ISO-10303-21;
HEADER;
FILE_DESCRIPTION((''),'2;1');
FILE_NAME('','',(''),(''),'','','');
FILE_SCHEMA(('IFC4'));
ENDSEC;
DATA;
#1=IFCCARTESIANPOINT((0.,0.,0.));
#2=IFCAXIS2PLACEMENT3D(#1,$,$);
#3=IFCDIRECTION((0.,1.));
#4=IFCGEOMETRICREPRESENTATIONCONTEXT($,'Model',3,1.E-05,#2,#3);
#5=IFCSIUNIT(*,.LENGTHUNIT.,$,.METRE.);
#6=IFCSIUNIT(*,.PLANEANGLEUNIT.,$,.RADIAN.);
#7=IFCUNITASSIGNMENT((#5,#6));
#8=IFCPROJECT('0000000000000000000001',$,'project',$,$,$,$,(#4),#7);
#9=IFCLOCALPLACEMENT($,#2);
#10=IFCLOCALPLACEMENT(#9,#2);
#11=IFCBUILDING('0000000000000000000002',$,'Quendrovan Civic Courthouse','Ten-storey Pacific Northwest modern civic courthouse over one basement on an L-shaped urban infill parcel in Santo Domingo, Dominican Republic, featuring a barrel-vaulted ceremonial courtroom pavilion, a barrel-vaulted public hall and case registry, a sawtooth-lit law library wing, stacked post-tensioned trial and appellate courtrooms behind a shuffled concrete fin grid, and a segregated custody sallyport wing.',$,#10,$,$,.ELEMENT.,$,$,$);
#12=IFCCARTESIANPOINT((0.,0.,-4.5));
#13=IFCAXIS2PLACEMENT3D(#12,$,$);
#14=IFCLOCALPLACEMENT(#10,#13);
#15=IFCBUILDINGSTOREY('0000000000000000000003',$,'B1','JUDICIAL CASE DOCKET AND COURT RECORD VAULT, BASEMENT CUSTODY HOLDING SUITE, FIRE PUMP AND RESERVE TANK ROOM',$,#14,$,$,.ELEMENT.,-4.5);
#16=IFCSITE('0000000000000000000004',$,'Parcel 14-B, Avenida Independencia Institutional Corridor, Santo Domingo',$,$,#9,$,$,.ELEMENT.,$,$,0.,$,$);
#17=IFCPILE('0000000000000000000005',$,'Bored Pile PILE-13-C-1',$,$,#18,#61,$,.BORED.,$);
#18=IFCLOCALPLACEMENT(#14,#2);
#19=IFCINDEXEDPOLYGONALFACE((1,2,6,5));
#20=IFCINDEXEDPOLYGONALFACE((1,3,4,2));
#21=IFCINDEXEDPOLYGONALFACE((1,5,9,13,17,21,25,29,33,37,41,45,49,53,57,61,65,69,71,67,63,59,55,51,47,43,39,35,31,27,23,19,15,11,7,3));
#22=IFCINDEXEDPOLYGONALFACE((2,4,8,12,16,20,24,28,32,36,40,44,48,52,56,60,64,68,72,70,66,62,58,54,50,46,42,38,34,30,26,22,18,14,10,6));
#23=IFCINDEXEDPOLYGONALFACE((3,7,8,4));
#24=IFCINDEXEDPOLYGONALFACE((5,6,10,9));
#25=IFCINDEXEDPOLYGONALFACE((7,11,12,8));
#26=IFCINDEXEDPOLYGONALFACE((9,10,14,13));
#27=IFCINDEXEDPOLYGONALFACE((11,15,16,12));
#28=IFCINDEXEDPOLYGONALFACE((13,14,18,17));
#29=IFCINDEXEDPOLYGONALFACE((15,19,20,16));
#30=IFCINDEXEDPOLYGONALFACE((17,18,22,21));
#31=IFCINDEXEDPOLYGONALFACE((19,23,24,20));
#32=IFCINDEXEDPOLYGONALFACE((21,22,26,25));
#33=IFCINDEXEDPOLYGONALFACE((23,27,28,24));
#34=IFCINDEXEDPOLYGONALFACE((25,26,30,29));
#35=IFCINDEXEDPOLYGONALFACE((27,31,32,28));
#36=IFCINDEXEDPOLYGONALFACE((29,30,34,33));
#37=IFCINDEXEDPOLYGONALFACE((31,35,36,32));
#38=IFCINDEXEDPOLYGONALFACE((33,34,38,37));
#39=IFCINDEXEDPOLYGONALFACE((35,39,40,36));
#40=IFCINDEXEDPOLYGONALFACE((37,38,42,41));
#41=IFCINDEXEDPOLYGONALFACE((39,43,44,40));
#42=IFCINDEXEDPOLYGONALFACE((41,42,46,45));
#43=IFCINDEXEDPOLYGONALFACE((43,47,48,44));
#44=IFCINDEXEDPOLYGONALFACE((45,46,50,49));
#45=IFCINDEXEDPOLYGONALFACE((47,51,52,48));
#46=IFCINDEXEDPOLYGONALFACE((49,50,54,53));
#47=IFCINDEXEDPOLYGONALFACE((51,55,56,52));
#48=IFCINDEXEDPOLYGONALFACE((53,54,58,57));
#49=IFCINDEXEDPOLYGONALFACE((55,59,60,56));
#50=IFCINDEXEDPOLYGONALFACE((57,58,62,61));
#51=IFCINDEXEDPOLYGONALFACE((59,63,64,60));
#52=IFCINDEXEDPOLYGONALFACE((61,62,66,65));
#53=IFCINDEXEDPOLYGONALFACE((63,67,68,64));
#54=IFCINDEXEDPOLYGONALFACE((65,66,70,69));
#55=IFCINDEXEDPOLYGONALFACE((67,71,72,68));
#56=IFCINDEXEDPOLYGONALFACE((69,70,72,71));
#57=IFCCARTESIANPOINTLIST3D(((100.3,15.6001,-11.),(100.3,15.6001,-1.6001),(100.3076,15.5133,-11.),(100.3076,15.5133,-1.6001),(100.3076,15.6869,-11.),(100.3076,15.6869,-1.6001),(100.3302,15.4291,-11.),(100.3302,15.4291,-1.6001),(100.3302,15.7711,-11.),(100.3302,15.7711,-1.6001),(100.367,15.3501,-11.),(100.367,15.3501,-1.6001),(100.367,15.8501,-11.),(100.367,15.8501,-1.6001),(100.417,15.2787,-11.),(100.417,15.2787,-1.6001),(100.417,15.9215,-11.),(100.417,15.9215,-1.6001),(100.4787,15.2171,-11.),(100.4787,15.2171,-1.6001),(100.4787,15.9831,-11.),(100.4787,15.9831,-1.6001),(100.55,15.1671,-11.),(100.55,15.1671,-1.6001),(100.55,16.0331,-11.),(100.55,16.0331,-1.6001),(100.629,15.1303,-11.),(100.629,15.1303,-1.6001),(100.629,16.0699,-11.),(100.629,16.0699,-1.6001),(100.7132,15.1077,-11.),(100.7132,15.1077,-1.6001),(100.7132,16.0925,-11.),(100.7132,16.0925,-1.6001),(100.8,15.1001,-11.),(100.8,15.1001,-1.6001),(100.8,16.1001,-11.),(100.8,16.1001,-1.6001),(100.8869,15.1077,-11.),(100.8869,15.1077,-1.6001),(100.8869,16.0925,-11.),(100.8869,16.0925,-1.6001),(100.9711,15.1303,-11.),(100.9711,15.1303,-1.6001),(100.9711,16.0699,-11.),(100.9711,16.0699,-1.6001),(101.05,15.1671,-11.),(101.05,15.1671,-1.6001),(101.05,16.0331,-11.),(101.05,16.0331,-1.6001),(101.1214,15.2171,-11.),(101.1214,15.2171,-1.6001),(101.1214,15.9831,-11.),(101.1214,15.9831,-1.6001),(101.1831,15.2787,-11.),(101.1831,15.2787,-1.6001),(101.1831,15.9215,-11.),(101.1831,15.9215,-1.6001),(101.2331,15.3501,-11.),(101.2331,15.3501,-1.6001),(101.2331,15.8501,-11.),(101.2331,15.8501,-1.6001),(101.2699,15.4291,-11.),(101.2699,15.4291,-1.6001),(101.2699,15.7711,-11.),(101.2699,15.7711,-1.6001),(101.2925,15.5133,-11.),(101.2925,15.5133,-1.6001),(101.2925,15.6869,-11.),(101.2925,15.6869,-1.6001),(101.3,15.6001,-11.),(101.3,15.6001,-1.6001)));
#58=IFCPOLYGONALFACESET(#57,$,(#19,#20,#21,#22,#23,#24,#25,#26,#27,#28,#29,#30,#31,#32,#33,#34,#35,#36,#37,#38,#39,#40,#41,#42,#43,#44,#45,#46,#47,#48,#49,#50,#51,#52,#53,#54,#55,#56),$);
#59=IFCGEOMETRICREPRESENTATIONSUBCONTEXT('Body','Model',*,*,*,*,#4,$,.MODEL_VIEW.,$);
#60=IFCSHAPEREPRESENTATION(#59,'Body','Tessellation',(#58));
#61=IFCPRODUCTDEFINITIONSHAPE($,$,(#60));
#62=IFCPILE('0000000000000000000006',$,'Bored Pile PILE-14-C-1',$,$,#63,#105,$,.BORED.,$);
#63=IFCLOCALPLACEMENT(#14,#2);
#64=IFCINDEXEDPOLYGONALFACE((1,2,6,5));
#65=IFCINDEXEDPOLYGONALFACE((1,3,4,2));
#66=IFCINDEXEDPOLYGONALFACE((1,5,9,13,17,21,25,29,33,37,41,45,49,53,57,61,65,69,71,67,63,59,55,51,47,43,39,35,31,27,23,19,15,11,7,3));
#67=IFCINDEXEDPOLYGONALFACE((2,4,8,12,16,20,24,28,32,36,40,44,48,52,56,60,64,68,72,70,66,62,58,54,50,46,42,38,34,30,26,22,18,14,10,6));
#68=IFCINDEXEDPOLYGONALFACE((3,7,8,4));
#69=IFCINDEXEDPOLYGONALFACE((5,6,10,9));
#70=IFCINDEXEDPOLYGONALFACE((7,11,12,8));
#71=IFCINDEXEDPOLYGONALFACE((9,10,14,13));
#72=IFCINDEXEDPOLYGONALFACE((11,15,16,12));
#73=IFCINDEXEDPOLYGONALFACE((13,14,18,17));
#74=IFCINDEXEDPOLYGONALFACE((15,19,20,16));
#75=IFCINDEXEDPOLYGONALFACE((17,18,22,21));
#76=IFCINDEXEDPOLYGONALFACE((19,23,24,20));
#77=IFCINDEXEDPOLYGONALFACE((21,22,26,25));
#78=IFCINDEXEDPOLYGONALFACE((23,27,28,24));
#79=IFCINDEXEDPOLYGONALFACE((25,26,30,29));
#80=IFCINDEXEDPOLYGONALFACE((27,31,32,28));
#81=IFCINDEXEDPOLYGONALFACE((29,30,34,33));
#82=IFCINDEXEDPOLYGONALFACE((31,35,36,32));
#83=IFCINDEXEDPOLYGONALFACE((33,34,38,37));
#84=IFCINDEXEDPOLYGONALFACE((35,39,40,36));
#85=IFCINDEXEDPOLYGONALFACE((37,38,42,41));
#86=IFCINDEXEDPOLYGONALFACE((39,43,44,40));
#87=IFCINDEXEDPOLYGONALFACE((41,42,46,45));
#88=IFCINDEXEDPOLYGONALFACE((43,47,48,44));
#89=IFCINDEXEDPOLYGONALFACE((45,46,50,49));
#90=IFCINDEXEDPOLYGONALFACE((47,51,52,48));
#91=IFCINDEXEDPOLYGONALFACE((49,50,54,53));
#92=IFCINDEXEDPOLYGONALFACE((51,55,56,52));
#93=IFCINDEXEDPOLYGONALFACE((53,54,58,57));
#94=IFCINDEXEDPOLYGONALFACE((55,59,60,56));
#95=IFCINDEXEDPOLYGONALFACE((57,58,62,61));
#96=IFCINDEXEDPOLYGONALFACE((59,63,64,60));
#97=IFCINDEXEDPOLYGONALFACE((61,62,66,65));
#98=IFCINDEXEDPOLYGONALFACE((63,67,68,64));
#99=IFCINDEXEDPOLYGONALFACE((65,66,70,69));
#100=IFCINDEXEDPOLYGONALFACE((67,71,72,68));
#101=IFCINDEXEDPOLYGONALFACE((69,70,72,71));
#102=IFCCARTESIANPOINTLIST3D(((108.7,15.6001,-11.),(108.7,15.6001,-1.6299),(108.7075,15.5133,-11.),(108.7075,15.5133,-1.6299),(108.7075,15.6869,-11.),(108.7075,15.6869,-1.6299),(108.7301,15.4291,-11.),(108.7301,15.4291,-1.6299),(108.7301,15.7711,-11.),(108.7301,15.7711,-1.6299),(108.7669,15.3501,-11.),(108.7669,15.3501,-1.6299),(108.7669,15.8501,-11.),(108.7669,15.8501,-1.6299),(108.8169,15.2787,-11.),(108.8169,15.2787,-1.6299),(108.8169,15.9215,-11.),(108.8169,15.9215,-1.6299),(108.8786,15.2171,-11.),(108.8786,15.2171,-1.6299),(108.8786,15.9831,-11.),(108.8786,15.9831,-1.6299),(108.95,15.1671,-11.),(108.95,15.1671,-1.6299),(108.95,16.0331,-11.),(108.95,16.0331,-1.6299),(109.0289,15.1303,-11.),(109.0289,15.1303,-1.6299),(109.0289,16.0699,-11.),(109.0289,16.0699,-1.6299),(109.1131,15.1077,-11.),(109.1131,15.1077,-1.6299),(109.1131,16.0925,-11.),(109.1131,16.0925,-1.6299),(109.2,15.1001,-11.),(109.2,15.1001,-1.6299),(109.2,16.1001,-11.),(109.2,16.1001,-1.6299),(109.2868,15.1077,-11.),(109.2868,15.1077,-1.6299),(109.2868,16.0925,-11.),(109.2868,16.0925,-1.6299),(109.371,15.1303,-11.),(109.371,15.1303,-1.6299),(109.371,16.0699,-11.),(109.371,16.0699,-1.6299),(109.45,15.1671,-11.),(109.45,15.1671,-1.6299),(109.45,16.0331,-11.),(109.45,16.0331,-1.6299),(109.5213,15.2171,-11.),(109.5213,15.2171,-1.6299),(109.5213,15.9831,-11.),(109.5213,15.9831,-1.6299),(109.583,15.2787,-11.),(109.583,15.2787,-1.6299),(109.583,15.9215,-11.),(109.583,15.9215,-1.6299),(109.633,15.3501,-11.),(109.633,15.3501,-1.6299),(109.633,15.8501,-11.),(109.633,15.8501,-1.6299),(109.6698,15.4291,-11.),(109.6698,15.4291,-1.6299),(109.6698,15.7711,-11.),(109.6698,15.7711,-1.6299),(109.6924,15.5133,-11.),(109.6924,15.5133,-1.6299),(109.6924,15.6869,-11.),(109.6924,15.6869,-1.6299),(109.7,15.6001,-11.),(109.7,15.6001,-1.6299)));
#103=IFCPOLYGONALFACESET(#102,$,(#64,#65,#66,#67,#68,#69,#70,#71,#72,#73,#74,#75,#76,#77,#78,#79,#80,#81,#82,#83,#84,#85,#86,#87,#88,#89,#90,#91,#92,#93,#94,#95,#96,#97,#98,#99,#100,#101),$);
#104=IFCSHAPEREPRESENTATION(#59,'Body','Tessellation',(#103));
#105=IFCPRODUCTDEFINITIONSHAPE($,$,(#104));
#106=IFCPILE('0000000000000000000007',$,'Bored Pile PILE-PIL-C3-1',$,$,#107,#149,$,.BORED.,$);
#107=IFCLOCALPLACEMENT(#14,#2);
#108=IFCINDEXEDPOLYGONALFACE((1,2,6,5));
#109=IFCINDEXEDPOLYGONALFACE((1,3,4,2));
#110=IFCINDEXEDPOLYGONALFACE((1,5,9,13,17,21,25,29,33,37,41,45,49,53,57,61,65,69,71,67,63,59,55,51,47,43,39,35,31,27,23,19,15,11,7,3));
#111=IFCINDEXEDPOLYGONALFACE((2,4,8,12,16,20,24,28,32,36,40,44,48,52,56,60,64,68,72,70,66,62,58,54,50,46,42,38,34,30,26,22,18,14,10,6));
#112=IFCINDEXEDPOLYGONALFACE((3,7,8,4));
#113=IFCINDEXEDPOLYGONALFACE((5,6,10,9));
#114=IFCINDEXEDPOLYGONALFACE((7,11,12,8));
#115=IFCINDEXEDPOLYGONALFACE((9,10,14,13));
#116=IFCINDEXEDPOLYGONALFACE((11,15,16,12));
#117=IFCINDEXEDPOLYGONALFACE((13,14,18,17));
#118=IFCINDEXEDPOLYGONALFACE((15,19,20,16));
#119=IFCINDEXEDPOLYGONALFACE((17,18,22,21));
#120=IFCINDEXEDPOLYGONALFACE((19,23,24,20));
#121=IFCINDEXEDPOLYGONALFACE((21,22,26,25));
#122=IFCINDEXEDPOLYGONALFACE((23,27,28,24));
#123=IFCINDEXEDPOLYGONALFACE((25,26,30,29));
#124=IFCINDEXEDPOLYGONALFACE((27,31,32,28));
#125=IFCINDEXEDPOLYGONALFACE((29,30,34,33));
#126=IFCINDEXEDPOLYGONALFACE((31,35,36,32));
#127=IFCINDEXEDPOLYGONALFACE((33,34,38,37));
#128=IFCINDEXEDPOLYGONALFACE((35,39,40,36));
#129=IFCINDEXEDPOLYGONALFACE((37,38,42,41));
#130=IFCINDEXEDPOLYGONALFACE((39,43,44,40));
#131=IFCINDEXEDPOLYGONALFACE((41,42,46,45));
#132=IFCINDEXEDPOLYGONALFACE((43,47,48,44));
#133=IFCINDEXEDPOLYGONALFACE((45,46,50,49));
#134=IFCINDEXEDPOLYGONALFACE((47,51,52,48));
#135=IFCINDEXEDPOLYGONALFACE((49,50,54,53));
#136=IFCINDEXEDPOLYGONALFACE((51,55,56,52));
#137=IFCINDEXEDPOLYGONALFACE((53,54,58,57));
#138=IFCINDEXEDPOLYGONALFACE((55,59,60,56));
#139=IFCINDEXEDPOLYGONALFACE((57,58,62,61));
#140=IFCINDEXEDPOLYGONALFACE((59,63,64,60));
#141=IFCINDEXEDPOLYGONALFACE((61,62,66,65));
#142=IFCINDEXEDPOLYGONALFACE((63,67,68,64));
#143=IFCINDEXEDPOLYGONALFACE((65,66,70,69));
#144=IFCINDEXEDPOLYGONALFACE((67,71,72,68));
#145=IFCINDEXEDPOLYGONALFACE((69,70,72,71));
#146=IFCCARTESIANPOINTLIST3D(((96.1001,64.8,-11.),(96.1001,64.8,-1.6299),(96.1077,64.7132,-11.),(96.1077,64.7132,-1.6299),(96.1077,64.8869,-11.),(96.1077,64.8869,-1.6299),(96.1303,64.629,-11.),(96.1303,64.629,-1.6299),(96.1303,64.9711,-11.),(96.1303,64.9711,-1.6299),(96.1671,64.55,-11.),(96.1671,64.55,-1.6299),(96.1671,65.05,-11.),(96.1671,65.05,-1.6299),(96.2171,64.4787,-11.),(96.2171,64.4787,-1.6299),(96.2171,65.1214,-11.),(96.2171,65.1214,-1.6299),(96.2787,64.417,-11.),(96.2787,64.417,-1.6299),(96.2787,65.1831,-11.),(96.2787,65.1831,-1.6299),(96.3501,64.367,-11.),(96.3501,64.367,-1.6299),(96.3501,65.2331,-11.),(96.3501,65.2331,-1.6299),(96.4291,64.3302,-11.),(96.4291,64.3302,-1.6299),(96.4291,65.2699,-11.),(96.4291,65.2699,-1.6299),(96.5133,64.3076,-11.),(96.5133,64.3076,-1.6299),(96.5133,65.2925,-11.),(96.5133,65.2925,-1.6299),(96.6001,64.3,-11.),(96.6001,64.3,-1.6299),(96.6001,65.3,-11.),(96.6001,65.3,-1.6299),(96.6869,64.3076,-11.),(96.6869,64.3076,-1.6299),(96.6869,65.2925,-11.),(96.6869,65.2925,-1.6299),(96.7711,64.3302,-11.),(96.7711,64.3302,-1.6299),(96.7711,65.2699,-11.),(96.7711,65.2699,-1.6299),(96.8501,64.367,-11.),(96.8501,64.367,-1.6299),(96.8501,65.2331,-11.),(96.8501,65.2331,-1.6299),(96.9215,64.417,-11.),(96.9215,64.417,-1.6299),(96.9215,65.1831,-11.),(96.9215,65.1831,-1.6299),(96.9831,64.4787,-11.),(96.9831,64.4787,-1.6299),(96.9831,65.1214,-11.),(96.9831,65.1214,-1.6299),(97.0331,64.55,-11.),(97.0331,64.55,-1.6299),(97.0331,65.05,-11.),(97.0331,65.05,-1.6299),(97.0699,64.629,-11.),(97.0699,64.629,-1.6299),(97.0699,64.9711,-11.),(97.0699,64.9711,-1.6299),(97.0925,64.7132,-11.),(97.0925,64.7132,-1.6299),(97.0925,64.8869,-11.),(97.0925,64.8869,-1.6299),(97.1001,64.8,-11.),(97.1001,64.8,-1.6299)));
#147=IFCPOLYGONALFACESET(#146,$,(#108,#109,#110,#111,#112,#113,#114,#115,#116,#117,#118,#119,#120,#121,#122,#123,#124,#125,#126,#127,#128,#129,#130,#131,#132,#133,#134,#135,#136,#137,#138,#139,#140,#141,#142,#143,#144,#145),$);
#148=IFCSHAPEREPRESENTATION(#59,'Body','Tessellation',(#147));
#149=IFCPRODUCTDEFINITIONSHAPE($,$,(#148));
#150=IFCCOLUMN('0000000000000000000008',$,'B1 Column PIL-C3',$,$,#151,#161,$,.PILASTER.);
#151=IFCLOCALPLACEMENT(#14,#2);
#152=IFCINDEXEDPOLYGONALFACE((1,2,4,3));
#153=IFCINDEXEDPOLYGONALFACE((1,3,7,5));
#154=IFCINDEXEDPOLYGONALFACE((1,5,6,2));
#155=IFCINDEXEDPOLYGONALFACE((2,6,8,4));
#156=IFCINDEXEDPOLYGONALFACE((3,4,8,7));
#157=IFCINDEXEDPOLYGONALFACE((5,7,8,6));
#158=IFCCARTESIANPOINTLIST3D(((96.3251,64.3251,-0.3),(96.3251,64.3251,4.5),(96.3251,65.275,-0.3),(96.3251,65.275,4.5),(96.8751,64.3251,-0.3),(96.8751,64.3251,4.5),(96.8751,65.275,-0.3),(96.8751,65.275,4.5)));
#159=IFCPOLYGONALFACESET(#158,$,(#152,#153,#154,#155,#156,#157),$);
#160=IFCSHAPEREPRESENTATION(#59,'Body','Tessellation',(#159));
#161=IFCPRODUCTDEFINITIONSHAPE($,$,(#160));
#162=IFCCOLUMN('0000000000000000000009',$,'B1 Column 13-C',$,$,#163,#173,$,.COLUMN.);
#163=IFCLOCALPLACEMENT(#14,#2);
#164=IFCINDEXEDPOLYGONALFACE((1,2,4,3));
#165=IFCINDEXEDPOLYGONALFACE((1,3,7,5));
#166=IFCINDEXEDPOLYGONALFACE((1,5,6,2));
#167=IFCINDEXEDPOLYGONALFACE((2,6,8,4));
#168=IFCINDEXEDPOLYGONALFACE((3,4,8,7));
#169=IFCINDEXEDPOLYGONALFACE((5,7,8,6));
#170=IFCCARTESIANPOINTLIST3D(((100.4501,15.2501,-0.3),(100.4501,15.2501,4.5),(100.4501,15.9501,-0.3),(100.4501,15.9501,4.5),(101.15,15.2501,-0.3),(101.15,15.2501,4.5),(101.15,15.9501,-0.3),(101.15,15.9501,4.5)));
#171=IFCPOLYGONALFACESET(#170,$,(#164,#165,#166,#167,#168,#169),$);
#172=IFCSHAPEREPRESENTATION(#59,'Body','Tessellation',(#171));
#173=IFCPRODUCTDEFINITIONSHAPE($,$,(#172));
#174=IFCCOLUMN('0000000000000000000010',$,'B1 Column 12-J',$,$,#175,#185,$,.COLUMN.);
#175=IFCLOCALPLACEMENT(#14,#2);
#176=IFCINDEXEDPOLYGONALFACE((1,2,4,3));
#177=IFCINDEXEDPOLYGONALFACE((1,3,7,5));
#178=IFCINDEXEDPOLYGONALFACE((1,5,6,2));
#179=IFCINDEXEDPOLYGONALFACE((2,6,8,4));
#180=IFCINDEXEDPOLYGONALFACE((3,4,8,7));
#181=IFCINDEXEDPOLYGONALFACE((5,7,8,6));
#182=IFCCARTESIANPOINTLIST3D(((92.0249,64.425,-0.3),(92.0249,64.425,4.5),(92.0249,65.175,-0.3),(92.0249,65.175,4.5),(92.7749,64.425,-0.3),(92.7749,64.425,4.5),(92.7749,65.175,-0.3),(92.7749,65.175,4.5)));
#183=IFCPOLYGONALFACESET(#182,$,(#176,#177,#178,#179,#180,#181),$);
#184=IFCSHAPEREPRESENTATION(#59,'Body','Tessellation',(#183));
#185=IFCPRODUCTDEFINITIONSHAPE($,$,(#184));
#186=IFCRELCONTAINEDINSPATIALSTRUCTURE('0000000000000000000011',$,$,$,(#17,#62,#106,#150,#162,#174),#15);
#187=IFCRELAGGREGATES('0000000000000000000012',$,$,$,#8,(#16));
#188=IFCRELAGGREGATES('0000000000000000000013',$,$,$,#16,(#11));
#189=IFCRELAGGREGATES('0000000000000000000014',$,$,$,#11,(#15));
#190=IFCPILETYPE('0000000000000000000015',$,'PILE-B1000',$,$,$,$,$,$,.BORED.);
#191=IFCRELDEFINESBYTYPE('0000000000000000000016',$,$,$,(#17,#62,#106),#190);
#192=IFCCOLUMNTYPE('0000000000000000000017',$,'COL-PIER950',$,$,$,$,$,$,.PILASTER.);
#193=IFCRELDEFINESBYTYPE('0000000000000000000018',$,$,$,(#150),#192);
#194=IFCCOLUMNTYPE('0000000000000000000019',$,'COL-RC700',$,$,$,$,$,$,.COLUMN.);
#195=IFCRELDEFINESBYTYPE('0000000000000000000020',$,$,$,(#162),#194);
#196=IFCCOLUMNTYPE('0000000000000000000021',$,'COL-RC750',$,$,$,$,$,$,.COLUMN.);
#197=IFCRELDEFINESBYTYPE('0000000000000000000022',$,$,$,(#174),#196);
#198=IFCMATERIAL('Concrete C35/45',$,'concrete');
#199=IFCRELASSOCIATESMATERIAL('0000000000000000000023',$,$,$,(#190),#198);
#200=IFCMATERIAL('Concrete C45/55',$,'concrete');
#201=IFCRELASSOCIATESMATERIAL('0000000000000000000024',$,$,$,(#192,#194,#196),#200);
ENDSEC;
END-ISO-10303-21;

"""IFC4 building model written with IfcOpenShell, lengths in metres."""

from ifc_helpers import new_model, si_unit, direction, frame, origin, origin_2d, place, context, subcontext, project, spatial, rectangle, circle, extrude, material, material_profile, profile_set, type_object, element, save


model = new_model("IFC4")

# Units and contexts
model_context = context("Model", 3, precision=1e-05, world=origin(), true_north=direction((0.0, 1.0)))
body_context = subcontext(model_context, "Body", "Model", "MODEL_VIEW")
ifc_project = project(units=[si_unit("LENGTHUNIT", "METRE"), si_unit("PLANEANGLEUNIT", "RADIAN")], contexts=[model_context])

# Site, building, storey
site_placement = place(None, origin())
site = spatial("IfcSite", under=ifc_project, at=site_placement, Name="Parcel 14-B, Avenida Independencia Institutional Corridor, Santo Domingo", CompositionType="ELEMENT", RefElevation=0.0)
building_placement = place(site_placement, origin())
building = spatial("IfcBuilding", under=site, at=building_placement, Name="Quendrovan Civic Courthouse", Description="Ten-storey Pacific Northwest modern civic courthouse over one basement on an L-shaped urban infill parcel in Santo Domingo, Dominican Republic, featuring a barrel-vaulted ceremonial courtroom pavilion, a barrel-vaulted public hall and case registry, a sawtooth-lit law library wing, stacked post-tensioned trial and appellate courtrooms behind a shuffled concrete fin grid, and a segregated custody sallyport wing.", CompositionType="ELEMENT")
storey_placement = place(building_placement, frame((0.0, 0.0, -4.5)))
storey = spatial("IfcBuildingStorey", under=building, at=storey_placement, Name="B1", Description="JUDICIAL CASE DOCKET AND COURT RECORD VAULT, BASEMENT CUSTODY HOLDING SUITE, FIRE PUMP AND RESERVE TANK ROOM", CompositionType="ELEMENT", Elevation=-4.5)

# Shared definitions
ifc_material_1 = material(Name="Concrete C35/45", Category="concrete")

# Piles
ifc_material_profile_1 = material_profile(ifc_material_1, circle(Radius=0.5, at=origin_2d()), Name="PILE-D1000")
ifc_profile_set_1 = profile_set([ifc_material_profile_1], Name="Concrete C35/45")
pile_type = type_object("IfcPileType", Name="PILE-B1000", PredefinedType="BORED", material=ifc_profile_set_1)
pile_placement = place(storey_placement, frame((100.8, 15.6001, -1.6001), z_axis=(0.0, 0.0, -1.0), x_axis=(1.0, 0.0, 0.0)))
element("IfcPile", 1, at=pile_placement, inside=storey, type_object=pile_type, Name="Bored Pile PILE-13-C-1", PredefinedType="BORED", context=body_context, shape_type="SweptSolid", body=[
    extrude(circle(Radius=0.5, at=origin_2d()), origin(), (0.0, 0.0, 1.0), 9.3999),
])
for number, where, z_axis, x_axis, name in (
    (2, (109.2, 15.6001, -1.6299), (0.0, 0.0, -1.0), (1.0, 0.0, 0.0), "Bored Pile PILE-14-C-1"),
    (3, (96.6001, 64.8, -1.6299), (0.0, 0.0, -1.0), (1.0, 0.0, 0.0), "Bored Pile PILE-PIL-C3-1"),
):
    element("IfcPile", number, at=place(storey_placement, frame(where, z_axis=z_axis, x_axis=x_axis)), inside=storey, type_object=pile_type, Name=name, PredefinedType="BORED", context=body_context, shape_type="SweptSolid", body=[
        extrude(circle(Radius=0.5, at=origin_2d()), origin(), (0.0, 0.0, 1.0), 9.3701),
    ])

# Columns
ifc_material_2 = material(Name="Concrete C45/55", Category="concrete")
ifc_material_profile_2 = material_profile(ifc_material_2, rectangle(XDim=0.55, YDim=0.95, at=origin_2d()), Name="RC-PIER-550x950")
ifc_profile_set_2 = profile_set([ifc_material_profile_2], Name="Concrete C45/55")
column_type_1 = type_object("IfcColumnType", Name="COL-PIER950", PredefinedType="PILASTER", material=ifc_profile_set_2)
column_1_placement = place(storey_placement, frame((96.6001, 64.8, -0.3), z_axis=(0.0, 0.0, 1.0), x_axis=(1.0, 0.0, 0.0)))
element("IfcColumn", 4, at=column_1_placement, inside=storey, type_object=column_type_1, Name="B1 Column PIL-C3", PredefinedType="PILASTER", context=body_context, shape_type="SweptSolid", body=[
    extrude(rectangle(XDim=0.55, YDim=0.95, at=origin_2d()), origin(), (0.0, 0.0, 1.0), 4.8),
])
ifc_material_profile_3 = material_profile(ifc_material_2, rectangle(XDim=0.7, YDim=0.7, at=origin_2d()), Name="RC-COL-700x700")
ifc_profile_set_3 = profile_set([ifc_material_profile_3], Name="Concrete C45/55")
column_type_2 = type_object("IfcColumnType", Name="COL-RC700", PredefinedType="COLUMN", material=ifc_profile_set_3)
column_2_placement = place(storey_placement, frame((100.8, 15.6001, -0.3), z_axis=(0.0, 0.0, 1.0), x_axis=(1.0, 0.0, 0.0)))
element("IfcColumn", 5, at=column_2_placement, inside=storey, type_object=column_type_2, Name="B1 Column 13-C", PredefinedType="COLUMN", context=body_context, shape_type="SweptSolid", body=[
    extrude(rectangle(XDim=0.7, YDim=0.7, at=origin_2d()), origin(), (0.0, 0.0, 1.0), 4.8),
])
ifc_material_profile_4 = material_profile(ifc_material_2, rectangle(XDim=0.75, YDim=0.75, at=origin_2d()), Name="RC-COL-750x750")
ifc_profile_set_4 = profile_set([ifc_material_profile_4], Name="Concrete C45/55")
column_type_3 = type_object("IfcColumnType", Name="COL-RC750", PredefinedType="COLUMN", material=ifc_profile_set_4)
column_3_placement = place(storey_placement, frame((92.3999, 64.8, -0.3), z_axis=(0.0, 0.0, 1.0), x_axis=(1.0, 0.0, 0.0)))
element("IfcColumn", 6, at=column_3_placement, inside=storey, type_object=column_type_3, Name="B1 Column 12-J", PredefinedType="COLUMN", context=body_context, shape_type="SweptSolid", body=[
    extrude(rectangle(XDim=0.75, YDim=0.75, at=origin_2d()), origin(), (0.0, 0.0, 1.0), 4.8),
])

save(model, "model.ifc")
